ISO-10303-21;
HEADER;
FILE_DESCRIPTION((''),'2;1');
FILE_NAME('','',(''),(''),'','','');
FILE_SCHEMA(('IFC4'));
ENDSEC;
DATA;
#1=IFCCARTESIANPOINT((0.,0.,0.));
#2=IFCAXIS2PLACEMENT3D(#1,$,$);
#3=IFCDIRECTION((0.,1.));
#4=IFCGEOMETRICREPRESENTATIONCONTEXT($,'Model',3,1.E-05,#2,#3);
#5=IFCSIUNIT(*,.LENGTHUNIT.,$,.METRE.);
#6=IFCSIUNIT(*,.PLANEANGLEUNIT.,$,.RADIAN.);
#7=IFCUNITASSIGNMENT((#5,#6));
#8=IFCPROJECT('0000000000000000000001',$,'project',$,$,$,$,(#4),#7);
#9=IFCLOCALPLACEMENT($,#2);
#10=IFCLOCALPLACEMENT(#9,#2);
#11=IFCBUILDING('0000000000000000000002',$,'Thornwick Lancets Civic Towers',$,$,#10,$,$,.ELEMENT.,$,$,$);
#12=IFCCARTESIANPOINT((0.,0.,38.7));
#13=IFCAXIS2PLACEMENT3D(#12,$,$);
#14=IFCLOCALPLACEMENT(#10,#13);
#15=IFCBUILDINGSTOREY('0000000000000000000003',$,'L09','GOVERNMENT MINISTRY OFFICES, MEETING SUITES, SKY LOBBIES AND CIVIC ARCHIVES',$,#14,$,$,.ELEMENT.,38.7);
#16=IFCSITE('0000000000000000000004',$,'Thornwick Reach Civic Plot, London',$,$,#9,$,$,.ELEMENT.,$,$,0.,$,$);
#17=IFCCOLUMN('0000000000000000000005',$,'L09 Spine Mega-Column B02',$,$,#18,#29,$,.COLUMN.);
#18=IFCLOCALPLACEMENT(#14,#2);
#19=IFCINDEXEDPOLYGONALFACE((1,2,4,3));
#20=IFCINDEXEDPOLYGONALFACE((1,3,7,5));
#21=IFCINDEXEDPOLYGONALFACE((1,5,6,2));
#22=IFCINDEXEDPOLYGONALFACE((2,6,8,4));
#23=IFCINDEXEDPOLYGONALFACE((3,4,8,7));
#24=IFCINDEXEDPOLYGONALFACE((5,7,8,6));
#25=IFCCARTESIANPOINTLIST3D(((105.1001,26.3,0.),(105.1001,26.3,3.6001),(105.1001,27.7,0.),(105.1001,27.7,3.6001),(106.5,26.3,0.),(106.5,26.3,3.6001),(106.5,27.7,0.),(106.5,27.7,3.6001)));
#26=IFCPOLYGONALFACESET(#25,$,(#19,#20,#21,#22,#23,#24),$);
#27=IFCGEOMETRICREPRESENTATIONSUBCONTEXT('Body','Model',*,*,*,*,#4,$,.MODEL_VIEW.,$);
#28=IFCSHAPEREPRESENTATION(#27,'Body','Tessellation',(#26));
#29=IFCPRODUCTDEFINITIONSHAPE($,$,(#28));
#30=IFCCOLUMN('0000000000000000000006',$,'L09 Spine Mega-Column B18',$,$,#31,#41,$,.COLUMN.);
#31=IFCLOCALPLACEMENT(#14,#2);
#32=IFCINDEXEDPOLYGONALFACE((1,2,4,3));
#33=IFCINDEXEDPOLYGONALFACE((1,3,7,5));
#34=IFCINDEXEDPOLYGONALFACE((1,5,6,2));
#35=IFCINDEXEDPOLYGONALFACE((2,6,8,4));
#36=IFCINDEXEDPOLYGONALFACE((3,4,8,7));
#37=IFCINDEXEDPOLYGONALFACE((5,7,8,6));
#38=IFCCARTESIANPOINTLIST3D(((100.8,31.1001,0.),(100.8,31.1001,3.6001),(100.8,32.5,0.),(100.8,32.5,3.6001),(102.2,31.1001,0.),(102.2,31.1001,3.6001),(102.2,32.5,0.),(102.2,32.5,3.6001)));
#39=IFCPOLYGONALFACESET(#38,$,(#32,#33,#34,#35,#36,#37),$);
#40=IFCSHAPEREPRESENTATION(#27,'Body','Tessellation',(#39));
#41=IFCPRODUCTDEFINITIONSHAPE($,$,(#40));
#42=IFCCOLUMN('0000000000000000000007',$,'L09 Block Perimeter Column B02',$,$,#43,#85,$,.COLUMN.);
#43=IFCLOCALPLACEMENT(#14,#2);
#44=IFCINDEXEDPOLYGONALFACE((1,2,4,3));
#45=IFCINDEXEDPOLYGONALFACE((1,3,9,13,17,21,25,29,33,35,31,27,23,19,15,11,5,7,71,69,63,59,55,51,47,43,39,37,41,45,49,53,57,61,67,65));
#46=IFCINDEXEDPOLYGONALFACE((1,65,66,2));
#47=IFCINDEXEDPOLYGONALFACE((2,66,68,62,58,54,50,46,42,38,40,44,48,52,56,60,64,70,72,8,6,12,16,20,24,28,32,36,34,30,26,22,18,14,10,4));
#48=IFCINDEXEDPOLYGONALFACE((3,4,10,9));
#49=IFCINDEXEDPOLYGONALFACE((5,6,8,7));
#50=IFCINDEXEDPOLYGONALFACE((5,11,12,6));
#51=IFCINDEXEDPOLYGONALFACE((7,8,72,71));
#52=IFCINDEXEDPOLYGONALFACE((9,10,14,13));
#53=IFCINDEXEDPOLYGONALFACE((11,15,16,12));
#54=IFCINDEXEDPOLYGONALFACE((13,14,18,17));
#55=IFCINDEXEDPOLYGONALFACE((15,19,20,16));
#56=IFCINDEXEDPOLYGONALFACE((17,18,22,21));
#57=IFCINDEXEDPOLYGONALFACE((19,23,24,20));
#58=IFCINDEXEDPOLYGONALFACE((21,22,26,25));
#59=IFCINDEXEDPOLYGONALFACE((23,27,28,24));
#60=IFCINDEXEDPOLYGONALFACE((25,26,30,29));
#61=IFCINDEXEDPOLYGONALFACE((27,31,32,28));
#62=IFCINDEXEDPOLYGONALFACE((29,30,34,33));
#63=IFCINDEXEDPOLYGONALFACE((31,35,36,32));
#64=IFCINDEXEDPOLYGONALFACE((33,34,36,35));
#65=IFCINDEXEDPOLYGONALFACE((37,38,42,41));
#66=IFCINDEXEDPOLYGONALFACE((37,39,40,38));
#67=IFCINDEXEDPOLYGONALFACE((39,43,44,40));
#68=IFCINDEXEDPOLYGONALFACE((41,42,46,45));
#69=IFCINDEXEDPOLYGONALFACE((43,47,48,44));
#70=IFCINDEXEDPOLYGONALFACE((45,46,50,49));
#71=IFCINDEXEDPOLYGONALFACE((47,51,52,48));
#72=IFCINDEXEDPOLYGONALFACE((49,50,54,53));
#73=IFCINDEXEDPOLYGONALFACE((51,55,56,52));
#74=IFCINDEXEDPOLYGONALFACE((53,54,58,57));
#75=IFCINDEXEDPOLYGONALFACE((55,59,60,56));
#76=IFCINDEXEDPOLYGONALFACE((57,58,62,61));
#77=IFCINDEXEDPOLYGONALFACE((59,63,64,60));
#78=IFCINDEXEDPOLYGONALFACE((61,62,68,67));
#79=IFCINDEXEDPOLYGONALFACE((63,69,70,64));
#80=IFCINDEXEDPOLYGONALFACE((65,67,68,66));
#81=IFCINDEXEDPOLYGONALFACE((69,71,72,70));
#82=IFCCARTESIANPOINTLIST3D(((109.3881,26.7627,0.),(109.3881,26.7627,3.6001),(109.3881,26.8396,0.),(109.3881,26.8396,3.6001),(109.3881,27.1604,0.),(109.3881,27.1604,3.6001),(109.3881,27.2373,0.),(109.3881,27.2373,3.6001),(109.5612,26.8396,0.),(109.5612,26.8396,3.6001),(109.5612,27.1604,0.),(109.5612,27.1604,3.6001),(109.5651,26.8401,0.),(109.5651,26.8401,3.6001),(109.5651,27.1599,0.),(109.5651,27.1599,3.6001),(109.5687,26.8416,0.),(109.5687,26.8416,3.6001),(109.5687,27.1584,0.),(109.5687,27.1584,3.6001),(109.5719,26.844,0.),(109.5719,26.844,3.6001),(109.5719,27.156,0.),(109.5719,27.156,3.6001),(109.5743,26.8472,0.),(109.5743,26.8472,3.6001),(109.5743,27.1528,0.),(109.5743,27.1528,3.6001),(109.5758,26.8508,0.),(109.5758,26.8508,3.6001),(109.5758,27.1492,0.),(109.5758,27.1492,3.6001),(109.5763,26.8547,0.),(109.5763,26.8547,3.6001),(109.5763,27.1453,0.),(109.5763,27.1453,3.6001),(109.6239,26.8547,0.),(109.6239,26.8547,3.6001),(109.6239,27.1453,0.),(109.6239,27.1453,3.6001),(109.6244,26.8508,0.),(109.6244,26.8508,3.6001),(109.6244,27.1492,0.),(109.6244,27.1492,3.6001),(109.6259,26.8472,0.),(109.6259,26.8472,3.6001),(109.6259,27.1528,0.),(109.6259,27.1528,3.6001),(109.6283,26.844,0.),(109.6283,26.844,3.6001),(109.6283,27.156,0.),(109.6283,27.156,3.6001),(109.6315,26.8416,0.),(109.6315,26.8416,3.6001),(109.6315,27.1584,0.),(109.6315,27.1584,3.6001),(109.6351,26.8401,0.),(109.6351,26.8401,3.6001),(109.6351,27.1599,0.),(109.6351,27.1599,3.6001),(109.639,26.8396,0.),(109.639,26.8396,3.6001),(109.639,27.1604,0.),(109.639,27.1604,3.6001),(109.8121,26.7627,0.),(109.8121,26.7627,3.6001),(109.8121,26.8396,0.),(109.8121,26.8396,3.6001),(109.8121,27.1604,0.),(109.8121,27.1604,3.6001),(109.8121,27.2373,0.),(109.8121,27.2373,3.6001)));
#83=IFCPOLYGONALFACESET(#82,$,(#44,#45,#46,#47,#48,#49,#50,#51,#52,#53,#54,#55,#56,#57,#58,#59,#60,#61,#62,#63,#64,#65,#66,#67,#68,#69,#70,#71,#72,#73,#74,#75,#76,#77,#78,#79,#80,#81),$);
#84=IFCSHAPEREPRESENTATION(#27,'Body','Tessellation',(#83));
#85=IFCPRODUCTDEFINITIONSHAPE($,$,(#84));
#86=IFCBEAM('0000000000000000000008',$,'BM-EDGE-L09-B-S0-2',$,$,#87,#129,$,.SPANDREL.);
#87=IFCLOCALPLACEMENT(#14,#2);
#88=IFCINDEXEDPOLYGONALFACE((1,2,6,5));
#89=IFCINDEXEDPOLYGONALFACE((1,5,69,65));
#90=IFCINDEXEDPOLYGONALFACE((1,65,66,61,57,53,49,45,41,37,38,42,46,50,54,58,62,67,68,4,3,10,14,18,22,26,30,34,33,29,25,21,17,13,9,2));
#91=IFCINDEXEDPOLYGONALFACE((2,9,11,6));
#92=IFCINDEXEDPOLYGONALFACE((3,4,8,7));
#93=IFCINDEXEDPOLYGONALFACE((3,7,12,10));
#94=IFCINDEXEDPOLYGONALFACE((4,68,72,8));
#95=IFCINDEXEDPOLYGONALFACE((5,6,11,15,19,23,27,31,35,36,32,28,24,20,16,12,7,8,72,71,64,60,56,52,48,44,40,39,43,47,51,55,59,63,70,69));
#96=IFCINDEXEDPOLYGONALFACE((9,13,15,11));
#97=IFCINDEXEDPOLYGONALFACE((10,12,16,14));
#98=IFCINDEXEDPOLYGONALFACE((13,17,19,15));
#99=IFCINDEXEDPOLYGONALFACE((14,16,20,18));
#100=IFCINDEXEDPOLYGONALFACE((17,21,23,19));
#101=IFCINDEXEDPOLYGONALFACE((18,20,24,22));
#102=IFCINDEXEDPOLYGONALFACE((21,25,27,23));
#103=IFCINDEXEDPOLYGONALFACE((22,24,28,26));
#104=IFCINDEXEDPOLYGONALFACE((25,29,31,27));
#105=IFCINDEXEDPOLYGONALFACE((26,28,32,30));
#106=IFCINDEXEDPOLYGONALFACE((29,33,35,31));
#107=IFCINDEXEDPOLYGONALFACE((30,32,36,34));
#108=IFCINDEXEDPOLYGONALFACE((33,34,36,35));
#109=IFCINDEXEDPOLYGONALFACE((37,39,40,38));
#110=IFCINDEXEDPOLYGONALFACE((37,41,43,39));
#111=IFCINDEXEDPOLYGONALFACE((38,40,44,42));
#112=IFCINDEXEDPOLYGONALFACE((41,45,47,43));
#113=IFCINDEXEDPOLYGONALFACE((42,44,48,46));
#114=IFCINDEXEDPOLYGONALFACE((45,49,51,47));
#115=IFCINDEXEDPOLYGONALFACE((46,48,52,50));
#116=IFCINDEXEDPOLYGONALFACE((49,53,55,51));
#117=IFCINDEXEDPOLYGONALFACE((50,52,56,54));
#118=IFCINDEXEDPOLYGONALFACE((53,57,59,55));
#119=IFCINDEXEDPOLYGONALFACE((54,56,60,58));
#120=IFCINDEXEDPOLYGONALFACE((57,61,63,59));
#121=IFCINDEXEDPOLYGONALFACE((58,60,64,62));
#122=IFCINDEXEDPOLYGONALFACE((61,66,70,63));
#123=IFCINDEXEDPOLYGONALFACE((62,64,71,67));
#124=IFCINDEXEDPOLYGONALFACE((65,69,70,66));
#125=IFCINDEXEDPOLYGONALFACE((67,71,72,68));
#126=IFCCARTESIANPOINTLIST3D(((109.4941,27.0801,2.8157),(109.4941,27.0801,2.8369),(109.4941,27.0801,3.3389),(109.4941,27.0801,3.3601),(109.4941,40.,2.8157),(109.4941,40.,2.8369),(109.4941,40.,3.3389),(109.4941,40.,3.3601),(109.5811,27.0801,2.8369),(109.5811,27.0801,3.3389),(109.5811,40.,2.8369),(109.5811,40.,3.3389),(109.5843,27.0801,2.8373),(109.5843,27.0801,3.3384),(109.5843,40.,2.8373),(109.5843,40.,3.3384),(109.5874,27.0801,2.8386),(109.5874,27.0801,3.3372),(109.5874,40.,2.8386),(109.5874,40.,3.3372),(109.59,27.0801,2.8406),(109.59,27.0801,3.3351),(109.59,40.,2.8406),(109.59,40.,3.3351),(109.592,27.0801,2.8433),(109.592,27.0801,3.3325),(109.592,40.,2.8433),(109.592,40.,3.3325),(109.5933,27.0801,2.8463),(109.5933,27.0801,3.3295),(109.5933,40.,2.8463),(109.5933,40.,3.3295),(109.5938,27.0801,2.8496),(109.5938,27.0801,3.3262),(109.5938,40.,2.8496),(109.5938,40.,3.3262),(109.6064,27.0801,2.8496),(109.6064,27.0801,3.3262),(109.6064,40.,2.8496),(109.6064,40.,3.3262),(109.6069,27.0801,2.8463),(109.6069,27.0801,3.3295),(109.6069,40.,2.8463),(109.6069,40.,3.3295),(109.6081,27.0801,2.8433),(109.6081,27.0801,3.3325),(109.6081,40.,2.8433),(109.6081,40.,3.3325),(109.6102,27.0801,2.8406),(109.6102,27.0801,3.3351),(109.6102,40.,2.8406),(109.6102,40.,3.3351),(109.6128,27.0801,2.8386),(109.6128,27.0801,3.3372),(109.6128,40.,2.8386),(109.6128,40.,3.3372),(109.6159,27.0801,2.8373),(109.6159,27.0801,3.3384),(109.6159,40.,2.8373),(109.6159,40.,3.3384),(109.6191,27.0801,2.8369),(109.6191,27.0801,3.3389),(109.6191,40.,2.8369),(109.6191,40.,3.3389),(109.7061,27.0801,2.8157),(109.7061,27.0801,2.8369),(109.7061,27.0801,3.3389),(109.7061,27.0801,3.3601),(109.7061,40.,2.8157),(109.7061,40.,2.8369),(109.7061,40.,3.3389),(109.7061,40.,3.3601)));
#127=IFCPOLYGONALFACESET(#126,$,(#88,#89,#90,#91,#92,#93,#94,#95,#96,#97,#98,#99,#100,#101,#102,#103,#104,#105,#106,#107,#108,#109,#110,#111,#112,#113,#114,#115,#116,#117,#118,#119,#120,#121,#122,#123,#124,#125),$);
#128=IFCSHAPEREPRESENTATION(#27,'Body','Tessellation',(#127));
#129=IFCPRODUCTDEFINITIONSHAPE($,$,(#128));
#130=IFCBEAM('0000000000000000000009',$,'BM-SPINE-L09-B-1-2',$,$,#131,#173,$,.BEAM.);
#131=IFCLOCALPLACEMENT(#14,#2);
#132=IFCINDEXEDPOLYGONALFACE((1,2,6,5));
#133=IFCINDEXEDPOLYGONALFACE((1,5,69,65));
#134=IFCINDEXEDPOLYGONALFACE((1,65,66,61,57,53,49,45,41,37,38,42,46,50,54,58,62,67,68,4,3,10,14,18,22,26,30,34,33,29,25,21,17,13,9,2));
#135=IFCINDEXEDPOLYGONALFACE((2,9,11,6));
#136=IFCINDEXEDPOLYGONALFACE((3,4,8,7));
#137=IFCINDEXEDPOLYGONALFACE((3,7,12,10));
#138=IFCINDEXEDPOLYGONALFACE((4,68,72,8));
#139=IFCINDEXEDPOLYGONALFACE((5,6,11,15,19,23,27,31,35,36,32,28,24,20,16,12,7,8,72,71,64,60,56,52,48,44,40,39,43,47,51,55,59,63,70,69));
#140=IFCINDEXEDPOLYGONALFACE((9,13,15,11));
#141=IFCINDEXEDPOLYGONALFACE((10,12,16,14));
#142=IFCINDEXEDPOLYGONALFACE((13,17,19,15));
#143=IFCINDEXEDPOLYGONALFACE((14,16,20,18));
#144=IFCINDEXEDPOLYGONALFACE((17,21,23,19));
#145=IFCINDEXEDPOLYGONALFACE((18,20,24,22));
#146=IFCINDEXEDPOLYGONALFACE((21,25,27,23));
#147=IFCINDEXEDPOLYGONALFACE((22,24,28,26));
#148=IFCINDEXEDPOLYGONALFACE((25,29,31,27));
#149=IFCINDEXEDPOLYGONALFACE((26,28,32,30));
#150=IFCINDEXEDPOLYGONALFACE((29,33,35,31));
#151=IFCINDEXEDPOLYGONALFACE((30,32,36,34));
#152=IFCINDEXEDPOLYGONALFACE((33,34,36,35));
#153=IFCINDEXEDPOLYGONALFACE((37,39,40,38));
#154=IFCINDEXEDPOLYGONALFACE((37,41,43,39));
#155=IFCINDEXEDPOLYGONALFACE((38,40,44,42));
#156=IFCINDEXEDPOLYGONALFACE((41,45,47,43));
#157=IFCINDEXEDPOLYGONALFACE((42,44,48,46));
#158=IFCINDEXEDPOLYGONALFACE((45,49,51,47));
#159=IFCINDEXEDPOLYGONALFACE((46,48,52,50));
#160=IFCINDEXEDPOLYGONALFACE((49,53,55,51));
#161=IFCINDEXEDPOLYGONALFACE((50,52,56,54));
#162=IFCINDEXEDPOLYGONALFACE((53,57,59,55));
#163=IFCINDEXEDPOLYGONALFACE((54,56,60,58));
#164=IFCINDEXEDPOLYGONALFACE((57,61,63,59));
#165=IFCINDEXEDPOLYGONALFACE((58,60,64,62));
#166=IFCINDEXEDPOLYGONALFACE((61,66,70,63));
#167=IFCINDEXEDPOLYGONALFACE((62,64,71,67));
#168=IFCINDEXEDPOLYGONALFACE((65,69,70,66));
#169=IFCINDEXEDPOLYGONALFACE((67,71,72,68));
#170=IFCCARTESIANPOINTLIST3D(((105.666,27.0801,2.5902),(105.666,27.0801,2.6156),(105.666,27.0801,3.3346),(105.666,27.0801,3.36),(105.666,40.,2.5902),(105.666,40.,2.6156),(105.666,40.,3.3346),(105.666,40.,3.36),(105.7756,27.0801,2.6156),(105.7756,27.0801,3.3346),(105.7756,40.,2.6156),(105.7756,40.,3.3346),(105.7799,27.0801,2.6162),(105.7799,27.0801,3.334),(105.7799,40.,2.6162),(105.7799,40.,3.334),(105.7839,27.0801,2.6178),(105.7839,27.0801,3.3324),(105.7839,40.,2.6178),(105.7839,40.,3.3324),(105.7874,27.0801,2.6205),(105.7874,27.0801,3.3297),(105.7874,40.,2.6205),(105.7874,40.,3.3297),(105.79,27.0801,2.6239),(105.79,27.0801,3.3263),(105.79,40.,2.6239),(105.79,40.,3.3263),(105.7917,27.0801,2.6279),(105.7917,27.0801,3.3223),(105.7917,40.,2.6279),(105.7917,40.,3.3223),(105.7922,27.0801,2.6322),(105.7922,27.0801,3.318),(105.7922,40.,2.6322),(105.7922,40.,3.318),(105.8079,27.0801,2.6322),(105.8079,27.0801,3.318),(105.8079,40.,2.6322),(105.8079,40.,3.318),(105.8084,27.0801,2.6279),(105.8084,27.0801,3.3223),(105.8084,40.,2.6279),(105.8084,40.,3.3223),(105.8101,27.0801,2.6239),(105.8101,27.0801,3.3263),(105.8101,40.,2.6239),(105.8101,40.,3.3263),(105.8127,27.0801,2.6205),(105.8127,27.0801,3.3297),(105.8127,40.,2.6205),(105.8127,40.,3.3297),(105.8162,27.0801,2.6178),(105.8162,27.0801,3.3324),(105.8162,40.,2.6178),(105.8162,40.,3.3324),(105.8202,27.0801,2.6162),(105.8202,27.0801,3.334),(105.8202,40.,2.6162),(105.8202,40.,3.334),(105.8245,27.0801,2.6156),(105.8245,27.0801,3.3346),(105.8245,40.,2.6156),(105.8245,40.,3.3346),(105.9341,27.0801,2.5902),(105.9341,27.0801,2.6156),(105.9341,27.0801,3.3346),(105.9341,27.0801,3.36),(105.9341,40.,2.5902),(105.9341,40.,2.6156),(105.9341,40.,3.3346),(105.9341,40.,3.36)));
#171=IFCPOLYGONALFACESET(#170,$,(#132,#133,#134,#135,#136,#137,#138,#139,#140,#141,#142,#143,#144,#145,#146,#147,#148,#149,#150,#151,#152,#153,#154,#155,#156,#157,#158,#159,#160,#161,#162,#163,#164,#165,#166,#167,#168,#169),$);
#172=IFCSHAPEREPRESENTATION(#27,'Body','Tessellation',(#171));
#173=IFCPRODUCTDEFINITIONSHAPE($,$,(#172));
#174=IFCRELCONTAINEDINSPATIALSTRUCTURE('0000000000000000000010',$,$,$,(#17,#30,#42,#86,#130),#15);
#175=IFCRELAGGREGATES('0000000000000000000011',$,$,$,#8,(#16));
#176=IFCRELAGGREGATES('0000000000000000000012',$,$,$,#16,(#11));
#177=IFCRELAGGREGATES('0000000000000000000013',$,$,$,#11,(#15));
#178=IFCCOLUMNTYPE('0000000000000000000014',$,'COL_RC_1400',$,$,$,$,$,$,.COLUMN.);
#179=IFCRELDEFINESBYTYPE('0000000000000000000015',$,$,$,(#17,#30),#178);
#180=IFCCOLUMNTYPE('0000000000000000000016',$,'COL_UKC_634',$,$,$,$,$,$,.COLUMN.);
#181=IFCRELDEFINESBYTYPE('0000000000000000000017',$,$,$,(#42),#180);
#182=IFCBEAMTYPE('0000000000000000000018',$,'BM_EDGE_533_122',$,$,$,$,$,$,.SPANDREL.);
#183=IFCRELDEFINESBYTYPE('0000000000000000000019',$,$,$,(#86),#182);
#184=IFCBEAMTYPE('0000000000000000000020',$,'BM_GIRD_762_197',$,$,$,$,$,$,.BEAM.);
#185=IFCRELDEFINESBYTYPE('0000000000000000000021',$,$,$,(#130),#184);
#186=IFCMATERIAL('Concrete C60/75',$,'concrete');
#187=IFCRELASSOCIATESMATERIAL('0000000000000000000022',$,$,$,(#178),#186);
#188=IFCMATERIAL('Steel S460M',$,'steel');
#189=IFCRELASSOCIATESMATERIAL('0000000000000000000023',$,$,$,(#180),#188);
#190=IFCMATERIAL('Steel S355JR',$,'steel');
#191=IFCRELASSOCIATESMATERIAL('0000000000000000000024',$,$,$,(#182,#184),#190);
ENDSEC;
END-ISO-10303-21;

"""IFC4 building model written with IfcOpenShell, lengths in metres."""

from ifc_helpers import new_model, si_unit, direction, frame, origin, origin_2d, place, context, subcontext, project, spatial, rectangle, i_section, extrude, material, material_profile, profile_set, type_object, element, save


model = new_model("IFC4")

# Units and contexts
model_context = context("Model", 3, precision=1e-05, world=origin(), true_north=direction((0.0, 1.0)))
body_context = subcontext(model_context, "Body", "Model", "MODEL_VIEW")
ifc_project = project(units=[si_unit("LENGTHUNIT", "METRE"), si_unit("PLANEANGLEUNIT", "RADIAN")], contexts=[model_context])

# Site, building, storey
site_placement = place(None, origin())
site = spatial("IfcSite", under=ifc_project, at=site_placement, Name="Thornwick Reach Civic Plot, London", CompositionType="ELEMENT", RefElevation=0.0)
building_placement = place(site_placement, origin())
building = spatial("IfcBuilding", under=site, at=building_placement, Name="Thornwick Lancets Civic Towers", CompositionType="ELEMENT")
storey_placement = place(building_placement, frame((0.0, 0.0, 38.7)))
storey = spatial("IfcBuildingStorey", under=building, at=storey_placement, Name="L09", Description="GOVERNMENT MINISTRY OFFICES, MEETING SUITES, SKY LOBBIES AND CIVIC ARCHIVES", CompositionType="ELEMENT", Elevation=38.7)

# Columns
ifc_material_1 = material(Name="Concrete C60/75", Category="concrete")
ifc_material_profile_1 = material_profile(ifc_material_1, rectangle(XDim=1.3999, YDim=1.3999, at=origin_2d()), Name="RC 1400x1400")
ifc_profile_set_1 = profile_set([ifc_material_profile_1], Name="Concrete C60/75")
column_type_1 = type_object("IfcColumnType", Name="COL_RC_1400", PredefinedType="COLUMN", material=ifc_profile_set_1)
for number, where, z_axis, x_axis, name in (
    (1, (105.8, 27.0, 0.0), (0.0, 0.0, 1.0), (1.0, 0.0, 0.0), "L09 Spine Mega-Column B02"),
    (2, (101.5, 31.8, 0.0), (0.0, 0.0, 1.0), (1.0, 0.0, 0.0), "L09 Spine Mega-Column B18"),
):
    element("IfcColumn", number, at=place(storey_placement, frame(where, z_axis=z_axis, x_axis=x_axis)), inside=storey, type_object=column_type_1, Name=name, PredefinedType="COLUMN", context=body_context, shape_type="SweptSolid", body=[
        extrude(rectangle(XDim=1.3999, YDim=1.3999, at=origin_2d()), origin(), (0.0, 0.0, 1.0), 3.6001),
    ])
ifc_material_2 = material(Name="Steel S460M", Category="steel")
ifc_material_profile_2 = material_profile(ifc_material_2, i_section(OverallWidth=0.4241, OverallDepth=0.4746, WebThickness=0.0476, FlangeThickness=0.0769, FilletRadius=0.0151, at=origin_2d()), Name="UKC 356x406x634")
ifc_profile_set_2 = profile_set([ifc_material_profile_2], Name="Steel S460M")
column_type_2 = type_object("IfcColumnType", Name="COL_UKC_634", PredefinedType="COLUMN", material=ifc_profile_set_2)
column_placement = place(storey_placement, frame((109.6001, 27.0, 0.0), z_axis=(0.0, 0.0, 1.0), x_axis=(1.0, 0.0, 0.0)))
element("IfcColumn", 3, at=column_placement, inside=storey, type_object=column_type_2, Name="L09 Block Perimeter Column B02", PredefinedType="COLUMN", context=body_context, shape_type="SweptSolid", body=[
    extrude(i_section(OverallWidth=0.4241, OverallDepth=0.4746, WebThickness=0.0476, FlangeThickness=0.0769, FilletRadius=0.0151, at=origin_2d()), origin(), (0.0, 0.0, 1.0), 3.6001),
])

# Beams
ifc_material_3 = material(Name="Steel S355JR", Category="steel")
ifc_material_profile_3 = material_profile(ifc_material_3, i_section(OverallWidth=0.2119, OverallDepth=0.5444, WebThickness=0.0127, FlangeThickness=0.0212, FilletRadius=0.0127, at=origin_2d()), Name="UKB 533x210x122")
ifc_profile_set_3 = profile_set([ifc_material_profile_3], Name="Steel S355JR")
beam_type_1 = type_object("IfcBeamType", Name="BM_EDGE_533_122", PredefinedType="SPANDREL", material=ifc_profile_set_3)
beam_1_placement = place(storey_placement, frame((109.6001, 27.0801, 3.0879), z_axis=(0.0, 1.0, 0.0), x_axis=(-1.0, 0.0, 0.0)))
element("IfcBeam", 4, at=beam_1_placement, inside=storey, type_object=beam_type_1, Name="BM-EDGE-L09-B-S0-2", PredefinedType="SPANDREL", context=body_context, shape_type="SweptSolid", body=[
    extrude(i_section(OverallWidth=0.2119, OverallDepth=0.5444, WebThickness=0.0127, FlangeThickness=0.0212, FilletRadius=0.0127, at=origin_2d()), origin(), (0.0, 0.0, 1.0), 12.9199),
])
ifc_material_profile_4 = material_profile(ifc_material_3, i_section(OverallWidth=0.2681, OverallDepth=0.7698, WebThickness=0.0156, FlangeThickness=0.0254, FilletRadius=0.0166, at=origin_2d()), Name="UKB 762x267x197")
ifc_profile_set_4 = profile_set([ifc_material_profile_4], Name="Steel S355JR")
beam_type_2 = type_object("IfcBeamType", Name="BM_GIRD_762_197", PredefinedType="BEAM", material=ifc_profile_set_4)
beam_2_placement = place(storey_placement, frame((105.8, 27.0801, 2.9751), z_axis=(0.0, 1.0, 0.0), x_axis=(-1.0, 0.0, 0.0)))
element("IfcBeam", 5, at=beam_2_placement, inside=storey, type_object=beam_type_2, Name="BM-SPINE-L09-B-1-2", PredefinedType="BEAM", context=body_context, shape_type="SweptSolid", body=[
    extrude(i_section(OverallWidth=0.2681, OverallDepth=0.7698, WebThickness=0.0156, FlangeThickness=0.0254, FilletRadius=0.0166, at=origin_2d()), origin(), (0.0, 0.0, 1.0), 12.9199),
])

save(model, "model.ifc")
